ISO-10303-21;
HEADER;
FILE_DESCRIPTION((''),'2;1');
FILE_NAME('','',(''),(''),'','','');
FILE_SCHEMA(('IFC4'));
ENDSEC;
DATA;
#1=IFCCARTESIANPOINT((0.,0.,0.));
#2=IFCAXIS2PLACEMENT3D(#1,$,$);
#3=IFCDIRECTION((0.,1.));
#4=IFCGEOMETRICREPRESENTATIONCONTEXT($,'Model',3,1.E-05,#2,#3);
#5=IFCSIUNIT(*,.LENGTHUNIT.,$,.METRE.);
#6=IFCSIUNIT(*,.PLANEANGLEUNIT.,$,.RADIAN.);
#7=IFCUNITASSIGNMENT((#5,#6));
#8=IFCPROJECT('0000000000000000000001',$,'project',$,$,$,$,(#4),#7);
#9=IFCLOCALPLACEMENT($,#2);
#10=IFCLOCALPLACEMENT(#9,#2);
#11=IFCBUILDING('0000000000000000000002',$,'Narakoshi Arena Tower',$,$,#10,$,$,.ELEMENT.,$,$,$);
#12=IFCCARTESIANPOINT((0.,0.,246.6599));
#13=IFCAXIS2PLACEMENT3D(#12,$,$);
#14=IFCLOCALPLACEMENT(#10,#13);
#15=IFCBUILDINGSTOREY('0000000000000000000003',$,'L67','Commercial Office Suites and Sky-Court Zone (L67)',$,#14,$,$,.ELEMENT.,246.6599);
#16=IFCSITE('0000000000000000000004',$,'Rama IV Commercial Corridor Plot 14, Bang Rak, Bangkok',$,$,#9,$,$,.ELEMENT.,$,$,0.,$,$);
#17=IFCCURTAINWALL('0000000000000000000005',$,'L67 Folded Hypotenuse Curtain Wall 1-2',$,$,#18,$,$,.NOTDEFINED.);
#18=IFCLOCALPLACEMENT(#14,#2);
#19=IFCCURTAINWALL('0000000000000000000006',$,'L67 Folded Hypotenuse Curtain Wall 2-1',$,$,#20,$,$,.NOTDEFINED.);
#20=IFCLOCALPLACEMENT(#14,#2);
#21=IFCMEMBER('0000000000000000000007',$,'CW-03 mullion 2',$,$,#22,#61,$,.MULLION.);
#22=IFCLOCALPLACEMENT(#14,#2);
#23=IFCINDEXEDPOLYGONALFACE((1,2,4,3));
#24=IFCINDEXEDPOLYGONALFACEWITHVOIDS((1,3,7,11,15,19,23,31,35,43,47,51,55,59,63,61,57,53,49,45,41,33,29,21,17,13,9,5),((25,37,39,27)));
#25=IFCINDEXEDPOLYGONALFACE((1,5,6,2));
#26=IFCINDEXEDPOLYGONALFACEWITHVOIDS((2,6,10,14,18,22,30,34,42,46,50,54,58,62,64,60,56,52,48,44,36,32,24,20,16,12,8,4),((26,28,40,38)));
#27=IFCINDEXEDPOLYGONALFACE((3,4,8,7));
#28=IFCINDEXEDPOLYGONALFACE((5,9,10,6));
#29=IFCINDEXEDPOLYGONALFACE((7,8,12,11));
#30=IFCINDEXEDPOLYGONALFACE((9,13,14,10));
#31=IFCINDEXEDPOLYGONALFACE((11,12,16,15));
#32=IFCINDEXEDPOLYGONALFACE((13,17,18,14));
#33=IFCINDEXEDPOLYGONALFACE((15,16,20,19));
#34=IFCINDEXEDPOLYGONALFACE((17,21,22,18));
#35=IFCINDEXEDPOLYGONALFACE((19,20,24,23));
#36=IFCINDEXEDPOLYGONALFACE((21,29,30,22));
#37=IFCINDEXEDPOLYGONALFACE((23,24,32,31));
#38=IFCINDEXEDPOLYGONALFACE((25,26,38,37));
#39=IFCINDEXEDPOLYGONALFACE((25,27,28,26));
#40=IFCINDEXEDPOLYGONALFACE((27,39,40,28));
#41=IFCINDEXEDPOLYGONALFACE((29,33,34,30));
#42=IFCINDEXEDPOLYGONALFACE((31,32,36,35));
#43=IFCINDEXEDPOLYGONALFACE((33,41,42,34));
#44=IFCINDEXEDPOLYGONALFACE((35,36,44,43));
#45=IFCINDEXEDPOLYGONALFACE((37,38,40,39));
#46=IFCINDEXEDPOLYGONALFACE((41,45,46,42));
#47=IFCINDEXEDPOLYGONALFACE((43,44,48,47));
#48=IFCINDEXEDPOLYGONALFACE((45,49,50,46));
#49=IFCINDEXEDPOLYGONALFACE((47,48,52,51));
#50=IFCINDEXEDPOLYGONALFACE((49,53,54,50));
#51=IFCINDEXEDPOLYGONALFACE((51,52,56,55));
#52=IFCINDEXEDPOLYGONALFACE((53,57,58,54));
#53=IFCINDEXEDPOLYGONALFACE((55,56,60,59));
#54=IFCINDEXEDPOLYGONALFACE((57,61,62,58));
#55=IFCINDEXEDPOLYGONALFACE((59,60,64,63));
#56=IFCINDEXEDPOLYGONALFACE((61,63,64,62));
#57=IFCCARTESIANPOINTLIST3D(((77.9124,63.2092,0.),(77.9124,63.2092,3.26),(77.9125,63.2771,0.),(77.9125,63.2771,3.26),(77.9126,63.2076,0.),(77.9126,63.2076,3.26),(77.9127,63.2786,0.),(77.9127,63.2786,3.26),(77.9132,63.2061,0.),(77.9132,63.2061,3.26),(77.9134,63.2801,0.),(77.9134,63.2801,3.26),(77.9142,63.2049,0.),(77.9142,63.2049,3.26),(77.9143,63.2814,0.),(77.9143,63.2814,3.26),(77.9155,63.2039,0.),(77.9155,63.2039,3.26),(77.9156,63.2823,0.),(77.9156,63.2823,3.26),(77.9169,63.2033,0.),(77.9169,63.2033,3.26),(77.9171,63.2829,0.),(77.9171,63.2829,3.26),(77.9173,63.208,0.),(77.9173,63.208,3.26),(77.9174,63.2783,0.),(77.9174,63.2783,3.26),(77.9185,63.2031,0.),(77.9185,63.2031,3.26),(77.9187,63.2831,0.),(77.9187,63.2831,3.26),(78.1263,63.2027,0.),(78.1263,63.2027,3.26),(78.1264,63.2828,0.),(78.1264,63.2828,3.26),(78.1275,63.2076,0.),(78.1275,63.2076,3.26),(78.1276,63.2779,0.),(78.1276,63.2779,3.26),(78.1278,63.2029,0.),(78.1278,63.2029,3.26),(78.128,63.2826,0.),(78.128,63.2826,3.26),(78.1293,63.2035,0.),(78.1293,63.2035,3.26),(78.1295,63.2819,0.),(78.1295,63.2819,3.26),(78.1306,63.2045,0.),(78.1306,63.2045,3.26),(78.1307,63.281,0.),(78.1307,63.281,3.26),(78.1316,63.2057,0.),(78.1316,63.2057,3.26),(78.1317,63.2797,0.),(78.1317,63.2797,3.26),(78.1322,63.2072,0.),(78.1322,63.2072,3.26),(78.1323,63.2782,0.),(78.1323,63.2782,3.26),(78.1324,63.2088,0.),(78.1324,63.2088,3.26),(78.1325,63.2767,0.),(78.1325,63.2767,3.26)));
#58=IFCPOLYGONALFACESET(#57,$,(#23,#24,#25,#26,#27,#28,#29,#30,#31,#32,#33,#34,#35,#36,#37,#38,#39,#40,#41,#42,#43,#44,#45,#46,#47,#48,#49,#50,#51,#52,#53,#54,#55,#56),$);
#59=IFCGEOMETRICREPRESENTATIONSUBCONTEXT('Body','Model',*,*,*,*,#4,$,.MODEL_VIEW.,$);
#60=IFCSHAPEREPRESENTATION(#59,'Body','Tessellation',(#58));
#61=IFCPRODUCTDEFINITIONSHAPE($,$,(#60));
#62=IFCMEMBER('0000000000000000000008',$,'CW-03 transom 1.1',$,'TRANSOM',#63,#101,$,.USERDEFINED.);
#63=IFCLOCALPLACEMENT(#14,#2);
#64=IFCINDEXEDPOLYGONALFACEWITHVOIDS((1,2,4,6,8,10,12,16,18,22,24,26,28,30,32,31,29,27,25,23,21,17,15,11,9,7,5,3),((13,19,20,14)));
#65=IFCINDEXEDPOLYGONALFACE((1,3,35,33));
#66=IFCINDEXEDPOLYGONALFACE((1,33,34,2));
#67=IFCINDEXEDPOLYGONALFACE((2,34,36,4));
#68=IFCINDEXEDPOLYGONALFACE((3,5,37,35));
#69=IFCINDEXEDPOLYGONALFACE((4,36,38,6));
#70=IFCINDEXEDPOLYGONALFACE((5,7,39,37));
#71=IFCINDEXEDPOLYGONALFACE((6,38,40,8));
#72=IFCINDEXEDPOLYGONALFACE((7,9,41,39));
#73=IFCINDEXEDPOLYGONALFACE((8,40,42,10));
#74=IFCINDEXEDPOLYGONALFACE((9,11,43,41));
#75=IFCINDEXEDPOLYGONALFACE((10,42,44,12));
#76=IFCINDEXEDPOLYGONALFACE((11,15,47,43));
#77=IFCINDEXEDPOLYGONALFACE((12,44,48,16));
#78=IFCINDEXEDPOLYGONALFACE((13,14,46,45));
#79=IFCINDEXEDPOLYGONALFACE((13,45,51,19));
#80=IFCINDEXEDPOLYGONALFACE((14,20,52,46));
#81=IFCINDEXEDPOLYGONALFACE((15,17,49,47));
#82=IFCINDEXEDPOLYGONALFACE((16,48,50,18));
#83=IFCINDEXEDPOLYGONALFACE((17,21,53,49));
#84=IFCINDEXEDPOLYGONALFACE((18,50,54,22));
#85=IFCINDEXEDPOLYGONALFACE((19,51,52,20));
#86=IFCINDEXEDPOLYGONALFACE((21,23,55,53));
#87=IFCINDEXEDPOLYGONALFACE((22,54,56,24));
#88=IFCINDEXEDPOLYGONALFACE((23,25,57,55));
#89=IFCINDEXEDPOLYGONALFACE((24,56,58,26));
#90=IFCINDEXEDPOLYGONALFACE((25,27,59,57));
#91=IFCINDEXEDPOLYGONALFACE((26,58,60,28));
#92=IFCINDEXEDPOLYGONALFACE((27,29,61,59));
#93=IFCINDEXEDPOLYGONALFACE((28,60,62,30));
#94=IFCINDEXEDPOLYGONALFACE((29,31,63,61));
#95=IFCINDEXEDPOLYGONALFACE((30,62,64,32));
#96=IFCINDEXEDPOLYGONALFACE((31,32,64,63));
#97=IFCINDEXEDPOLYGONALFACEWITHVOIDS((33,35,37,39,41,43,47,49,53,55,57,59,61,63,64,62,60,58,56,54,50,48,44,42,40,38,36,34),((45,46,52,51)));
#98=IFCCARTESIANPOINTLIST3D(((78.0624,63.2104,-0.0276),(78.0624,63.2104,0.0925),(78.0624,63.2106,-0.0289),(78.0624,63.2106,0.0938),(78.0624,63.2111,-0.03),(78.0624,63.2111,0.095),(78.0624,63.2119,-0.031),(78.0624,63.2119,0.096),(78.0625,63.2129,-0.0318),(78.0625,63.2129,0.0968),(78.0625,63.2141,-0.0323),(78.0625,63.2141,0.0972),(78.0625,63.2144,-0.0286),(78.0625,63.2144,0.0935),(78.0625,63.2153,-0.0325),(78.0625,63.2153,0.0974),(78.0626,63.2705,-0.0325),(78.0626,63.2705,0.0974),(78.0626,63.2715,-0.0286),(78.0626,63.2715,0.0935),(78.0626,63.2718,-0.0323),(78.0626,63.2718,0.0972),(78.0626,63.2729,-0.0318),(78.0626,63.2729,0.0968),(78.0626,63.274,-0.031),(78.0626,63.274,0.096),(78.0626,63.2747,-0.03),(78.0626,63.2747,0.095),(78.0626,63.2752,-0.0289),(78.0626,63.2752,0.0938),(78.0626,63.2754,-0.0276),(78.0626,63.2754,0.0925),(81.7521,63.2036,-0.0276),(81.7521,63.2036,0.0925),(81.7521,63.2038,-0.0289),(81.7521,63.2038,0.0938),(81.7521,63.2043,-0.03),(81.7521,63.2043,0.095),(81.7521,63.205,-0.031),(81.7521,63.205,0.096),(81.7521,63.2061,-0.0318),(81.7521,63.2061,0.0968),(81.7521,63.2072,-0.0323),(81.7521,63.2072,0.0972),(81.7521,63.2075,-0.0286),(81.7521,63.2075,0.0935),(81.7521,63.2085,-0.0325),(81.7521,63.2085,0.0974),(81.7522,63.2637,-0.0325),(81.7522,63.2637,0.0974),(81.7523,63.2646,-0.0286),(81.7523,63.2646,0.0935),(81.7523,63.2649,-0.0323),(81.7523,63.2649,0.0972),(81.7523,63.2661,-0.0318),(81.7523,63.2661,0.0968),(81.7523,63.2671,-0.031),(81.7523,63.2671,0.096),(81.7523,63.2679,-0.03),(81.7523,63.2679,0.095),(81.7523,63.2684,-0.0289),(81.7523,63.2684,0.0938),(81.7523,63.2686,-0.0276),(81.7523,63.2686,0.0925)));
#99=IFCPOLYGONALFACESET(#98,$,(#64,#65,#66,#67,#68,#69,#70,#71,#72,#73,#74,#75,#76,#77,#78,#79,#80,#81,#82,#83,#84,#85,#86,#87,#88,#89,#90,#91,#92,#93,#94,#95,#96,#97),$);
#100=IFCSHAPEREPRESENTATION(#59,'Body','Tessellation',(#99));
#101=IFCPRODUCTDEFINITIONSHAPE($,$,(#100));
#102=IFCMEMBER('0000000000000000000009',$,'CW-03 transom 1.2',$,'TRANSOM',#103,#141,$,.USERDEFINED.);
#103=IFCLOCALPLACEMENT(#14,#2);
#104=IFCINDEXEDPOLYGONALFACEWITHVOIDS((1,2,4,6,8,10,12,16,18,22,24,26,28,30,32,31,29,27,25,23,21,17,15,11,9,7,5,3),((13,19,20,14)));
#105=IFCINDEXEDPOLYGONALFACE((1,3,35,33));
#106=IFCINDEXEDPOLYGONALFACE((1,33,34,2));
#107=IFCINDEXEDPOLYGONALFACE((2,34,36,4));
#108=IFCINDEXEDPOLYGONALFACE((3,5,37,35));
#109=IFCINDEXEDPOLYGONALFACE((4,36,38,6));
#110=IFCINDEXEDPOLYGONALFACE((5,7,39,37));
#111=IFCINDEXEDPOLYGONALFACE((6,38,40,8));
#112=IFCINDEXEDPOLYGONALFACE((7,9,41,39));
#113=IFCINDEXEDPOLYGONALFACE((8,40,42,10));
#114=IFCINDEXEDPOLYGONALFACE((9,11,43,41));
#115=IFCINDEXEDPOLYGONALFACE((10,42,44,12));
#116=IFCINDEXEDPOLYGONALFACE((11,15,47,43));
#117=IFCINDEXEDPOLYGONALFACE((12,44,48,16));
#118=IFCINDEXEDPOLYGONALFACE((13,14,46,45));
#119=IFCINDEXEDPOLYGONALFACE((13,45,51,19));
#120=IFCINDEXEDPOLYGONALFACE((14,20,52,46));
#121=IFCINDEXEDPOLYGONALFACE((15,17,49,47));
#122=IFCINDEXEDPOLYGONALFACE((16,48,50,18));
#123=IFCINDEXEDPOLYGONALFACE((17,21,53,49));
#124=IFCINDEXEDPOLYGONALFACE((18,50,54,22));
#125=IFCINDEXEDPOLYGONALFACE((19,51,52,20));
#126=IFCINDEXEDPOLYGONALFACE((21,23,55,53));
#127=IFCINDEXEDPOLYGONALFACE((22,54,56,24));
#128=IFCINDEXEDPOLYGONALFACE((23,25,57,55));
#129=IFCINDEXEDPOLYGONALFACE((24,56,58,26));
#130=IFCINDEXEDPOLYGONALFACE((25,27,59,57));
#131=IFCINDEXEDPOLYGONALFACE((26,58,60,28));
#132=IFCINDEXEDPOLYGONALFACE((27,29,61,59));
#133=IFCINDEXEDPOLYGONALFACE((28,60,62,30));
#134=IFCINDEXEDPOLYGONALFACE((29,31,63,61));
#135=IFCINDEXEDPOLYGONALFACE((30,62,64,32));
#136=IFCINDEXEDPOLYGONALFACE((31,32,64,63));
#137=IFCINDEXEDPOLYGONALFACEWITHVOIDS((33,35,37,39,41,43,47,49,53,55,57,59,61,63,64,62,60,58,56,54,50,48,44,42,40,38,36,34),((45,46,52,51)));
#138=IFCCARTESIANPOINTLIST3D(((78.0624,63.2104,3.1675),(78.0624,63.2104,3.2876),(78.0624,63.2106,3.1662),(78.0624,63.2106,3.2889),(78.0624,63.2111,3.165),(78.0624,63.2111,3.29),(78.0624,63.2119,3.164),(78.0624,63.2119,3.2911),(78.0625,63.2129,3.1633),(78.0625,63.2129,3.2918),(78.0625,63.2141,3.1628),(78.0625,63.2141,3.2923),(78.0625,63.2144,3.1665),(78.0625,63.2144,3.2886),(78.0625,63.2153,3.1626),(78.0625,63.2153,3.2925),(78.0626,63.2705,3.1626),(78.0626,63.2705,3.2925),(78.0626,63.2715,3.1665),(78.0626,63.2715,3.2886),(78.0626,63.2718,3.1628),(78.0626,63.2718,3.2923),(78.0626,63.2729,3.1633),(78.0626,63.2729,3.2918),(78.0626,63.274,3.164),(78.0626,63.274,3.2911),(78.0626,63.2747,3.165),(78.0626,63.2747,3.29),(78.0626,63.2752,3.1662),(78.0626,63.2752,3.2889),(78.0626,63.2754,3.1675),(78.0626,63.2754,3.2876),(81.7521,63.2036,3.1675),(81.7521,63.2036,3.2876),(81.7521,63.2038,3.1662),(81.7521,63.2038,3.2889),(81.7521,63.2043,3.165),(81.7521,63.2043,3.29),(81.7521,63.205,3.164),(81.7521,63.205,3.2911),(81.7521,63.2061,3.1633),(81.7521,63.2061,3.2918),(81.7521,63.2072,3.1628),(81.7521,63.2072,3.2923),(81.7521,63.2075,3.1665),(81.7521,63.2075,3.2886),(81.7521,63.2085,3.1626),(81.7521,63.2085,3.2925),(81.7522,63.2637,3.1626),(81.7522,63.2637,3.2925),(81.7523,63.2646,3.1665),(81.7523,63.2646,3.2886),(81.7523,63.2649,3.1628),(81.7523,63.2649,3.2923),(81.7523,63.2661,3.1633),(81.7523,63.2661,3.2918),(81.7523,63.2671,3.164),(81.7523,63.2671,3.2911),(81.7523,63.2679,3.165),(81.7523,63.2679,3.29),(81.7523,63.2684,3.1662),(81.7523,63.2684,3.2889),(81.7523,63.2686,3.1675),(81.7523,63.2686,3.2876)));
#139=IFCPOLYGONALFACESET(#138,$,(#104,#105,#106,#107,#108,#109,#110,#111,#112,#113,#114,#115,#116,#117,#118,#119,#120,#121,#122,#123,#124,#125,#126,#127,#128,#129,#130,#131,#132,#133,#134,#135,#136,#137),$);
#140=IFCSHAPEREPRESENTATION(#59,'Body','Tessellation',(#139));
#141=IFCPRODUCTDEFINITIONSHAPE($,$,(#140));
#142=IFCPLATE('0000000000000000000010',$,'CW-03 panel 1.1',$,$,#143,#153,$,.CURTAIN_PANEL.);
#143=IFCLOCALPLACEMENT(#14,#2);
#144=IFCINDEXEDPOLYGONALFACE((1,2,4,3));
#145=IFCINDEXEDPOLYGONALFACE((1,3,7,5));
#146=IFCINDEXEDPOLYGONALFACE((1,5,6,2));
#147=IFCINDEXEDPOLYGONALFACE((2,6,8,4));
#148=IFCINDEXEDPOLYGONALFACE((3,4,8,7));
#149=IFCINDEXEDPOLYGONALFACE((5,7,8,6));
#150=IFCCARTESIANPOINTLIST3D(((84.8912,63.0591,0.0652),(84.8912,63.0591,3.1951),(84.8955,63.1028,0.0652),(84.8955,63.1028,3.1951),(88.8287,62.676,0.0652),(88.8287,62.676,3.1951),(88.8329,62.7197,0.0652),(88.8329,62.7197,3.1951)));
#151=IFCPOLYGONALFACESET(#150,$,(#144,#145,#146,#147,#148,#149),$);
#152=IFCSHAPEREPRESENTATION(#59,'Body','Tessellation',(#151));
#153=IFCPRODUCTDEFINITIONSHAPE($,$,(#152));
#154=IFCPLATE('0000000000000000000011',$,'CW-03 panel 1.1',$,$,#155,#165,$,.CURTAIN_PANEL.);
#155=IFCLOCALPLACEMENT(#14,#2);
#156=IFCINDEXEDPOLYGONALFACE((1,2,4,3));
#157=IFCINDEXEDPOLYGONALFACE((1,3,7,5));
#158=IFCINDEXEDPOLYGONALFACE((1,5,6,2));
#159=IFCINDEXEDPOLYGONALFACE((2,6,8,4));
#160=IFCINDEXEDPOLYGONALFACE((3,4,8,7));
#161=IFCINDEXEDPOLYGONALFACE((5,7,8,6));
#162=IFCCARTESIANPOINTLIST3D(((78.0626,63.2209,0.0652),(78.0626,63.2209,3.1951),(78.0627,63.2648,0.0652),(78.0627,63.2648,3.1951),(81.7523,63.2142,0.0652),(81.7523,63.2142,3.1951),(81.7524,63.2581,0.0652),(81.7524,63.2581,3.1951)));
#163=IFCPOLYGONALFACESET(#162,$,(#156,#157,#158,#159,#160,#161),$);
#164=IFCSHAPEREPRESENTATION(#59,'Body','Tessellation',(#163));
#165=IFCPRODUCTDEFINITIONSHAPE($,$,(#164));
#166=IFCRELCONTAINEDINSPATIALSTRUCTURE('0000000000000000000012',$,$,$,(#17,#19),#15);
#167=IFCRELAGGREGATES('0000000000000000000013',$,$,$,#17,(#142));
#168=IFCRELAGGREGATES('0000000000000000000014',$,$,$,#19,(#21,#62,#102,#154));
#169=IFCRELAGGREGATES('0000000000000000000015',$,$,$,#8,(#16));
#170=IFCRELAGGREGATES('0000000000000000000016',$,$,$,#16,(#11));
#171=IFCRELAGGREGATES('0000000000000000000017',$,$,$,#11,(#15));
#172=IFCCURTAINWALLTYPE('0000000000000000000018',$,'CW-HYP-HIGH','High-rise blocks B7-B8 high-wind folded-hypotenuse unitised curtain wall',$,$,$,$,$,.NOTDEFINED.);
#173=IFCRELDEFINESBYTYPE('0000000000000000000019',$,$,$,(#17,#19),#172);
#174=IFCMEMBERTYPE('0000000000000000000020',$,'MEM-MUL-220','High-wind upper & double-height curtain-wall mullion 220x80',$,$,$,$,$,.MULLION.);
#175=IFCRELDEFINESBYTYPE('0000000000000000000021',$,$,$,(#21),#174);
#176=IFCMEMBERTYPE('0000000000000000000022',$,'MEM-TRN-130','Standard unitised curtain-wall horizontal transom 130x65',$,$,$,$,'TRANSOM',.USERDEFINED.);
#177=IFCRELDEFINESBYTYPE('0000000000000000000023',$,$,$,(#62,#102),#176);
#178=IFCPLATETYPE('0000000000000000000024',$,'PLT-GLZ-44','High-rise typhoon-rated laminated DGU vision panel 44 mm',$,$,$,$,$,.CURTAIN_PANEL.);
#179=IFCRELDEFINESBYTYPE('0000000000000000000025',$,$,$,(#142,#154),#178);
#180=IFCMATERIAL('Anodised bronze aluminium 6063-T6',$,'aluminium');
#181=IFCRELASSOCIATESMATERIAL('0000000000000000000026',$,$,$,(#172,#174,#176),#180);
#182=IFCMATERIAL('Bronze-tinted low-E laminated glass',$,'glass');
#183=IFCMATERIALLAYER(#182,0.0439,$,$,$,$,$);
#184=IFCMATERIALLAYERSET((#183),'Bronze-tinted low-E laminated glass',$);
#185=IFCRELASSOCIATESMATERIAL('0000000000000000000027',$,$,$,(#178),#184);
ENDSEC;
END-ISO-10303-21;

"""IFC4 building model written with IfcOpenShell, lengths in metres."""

from ifc_helpers import new_model, si_unit, direction, frame, origin, origin_2d, place, context, subcontext, project, spatial, rectangle, hollow_rectangle, extrude, material, layer, layer_set, material_profile, profile_set, type_object, element, aggregate, save


model = new_model("IFC4")

# Units and contexts
model_context = context("Model", 3, precision=1e-05, world=origin(), true_north=direction((0.0, 1.0)))
body_context = subcontext(model_context, "Body", "Model", "MODEL_VIEW")
ifc_project = project(units=[si_unit("LENGTHUNIT", "METRE"), si_unit("PLANEANGLEUNIT", "RADIAN")], contexts=[model_context])

# Site, building, storey
site_placement = place(None, origin())
site = spatial("IfcSite", under=ifc_project, at=site_placement, Name="Rama IV Commercial Corridor Plot 14, Bang Rak, Bangkok", CompositionType="ELEMENT", RefElevation=0.0)
building_placement = place(site_placement, origin())
building = spatial("IfcBuilding", under=site, at=building_placement, Name="Narakoshi Arena Tower", CompositionType="ELEMENT")
storey_placement = place(building_placement, frame((0.0, 0.0, 246.6599)))
storey = spatial("IfcBuildingStorey", under=building, at=storey_placement, Name="L67", Description="Commercial Office Suites and Sky-Court Zone (L67)", CompositionType="ELEMENT", Elevation=246.6599)

# Curtain wall
ifc_material_1 = material(Name="Anodised bronze aluminium 6063-T6", Category="aluminium")
curtain_wall_type = type_object("IfcCurtainWallType", Name="CW-HYP-HIGH", Description="High-rise blocks B7-B8 high-wind folded-hypotenuse unitised curtain wall", PredefinedType="NOTDEFINED", material=ifc_material_1)
curtain_wall_1_placement = place(storey_placement, origin())
curtain_wall_1 = element("IfcCurtainWall", 1, at=curtain_wall_1_placement, inside=storey, type_object=curtain_wall_type, Name="L67 Folded Hypotenuse Curtain Wall 1-2", PredefinedType="NOTDEFINED")
ifc_material_profile_1 = material_profile(ifc_material_1, hollow_rectangle(XDim=0.0801, YDim=0.22, WallThickness=0.0049, OuterFilletRadius=0.0061, at=origin_2d()), Name="MUL220x80x5")
ifc_profile_set_1 = profile_set([ifc_material_profile_1], Name="Anodised bronze aluminium 6063-T6")
member_type_1 = type_object("IfcMemberType", Name="MEM-MUL-220", Description="High-wind upper & double-height curtain-wall mullion 220x80", PredefinedType="MULLION", material=ifc_profile_set_1)

# Curtain wall, members
curtain_wall_2_placement = place(storey_placement, origin())
curtain_wall_2 = element("IfcCurtainWall", 2, at=curtain_wall_2_placement, inside=storey, type_object=curtain_wall_type, Name="L67 Folded Hypotenuse Curtain Wall 2-1", PredefinedType="NOTDEFINED")
member_1_placement = place(storey_placement, frame((78.0225, 63.2429, 0.0), z_axis=(0.0, 0.0, 1.0), x_axis=(-0.00182, -0.999998, 0.0)))
member_1 = element("IfcMember", 3, at=member_1_placement, type_object=member_type_1, Name="CW-03 mullion 2", PredefinedType="MULLION", context=body_context, shape_type="SweptSolid", body=[
    extrude(hollow_rectangle(XDim=0.0801, YDim=0.22, WallThickness=0.0049, OuterFilletRadius=0.0061, at=origin_2d()), origin(), (0.0, 0.0, 1.0), 3.26),
])
ifc_material_profile_2 = material_profile(ifc_material_1, hollow_rectangle(XDim=0.0649, YDim=0.1299, WallThickness=0.0039, OuterFilletRadius=0.0049, at=origin_2d()), Name="TRN130x65x4")
ifc_profile_set_2 = profile_set([ifc_material_profile_2], Name="Anodised bronze aluminium 6063-T6")
member_type_2 = type_object("IfcMemberType", Name="MEM-TRN-130", Description="Standard unitised curtain-wall horizontal transom 130x65", ElementType="TRANSOM", PredefinedType="USERDEFINED", material=ifc_profile_set_2)
member_2_placement = place(storey_placement, frame((81.7522, 63.2361, 0.0325), z_axis=(-0.999998, 0.001853, 0.0), x_axis=(-0.001853, -0.999998, 0.0)))
member_2 = element("IfcMember", 4, at=member_2_placement, type_object=member_type_2, Name="CW-03 transom 1.1", ObjectType="TRANSOM", PredefinedType="USERDEFINED", context=body_context, shape_type="SweptSolid", body=[
    extrude(hollow_rectangle(XDim=0.0649, YDim=0.1299, WallThickness=0.0039, OuterFilletRadius=0.0049, at=origin_2d()), origin(), (0.0, 0.0, 1.0), 3.6897),
])
member_3_placement = place(storey_placement, frame((81.7522, 63.2361, 3.2275), z_axis=(-0.999998, 0.001853, 0.0), x_axis=(-0.001853, -0.999998, 0.0)))
member_3 = element("IfcMember", 5, at=member_3_placement, type_object=member_type_2, Name="CW-03 transom 1.2", ObjectType="TRANSOM", PredefinedType="USERDEFINED", context=body_context, shape_type="SweptSolid", body=[
    extrude(hollow_rectangle(XDim=0.0649, YDim=0.1299, WallThickness=0.0039, OuterFilletRadius=0.0049, at=origin_2d()), origin(), (0.0, 0.0, 1.0), 3.6897),
])

# Plates
ifc_material_2 = material(Name="Bronze-tinted low-E laminated glass", Category="glass")
ifc_layer_1 = layer(ifc_material_2, 0.0439)
ifc_layer_set_1 = layer_set([ifc_layer_1], Name="Bronze-tinted low-E laminated glass")
plate_type = type_object("IfcPlateType", Name="PLT-GLZ-44", Description="High-rise typhoon-rated laminated DGU vision panel 44 mm", PredefinedType="CURTAIN_PANEL", material=ifc_layer_set_1)
plate_1_placement = place(storey_placement, frame((86.8621, 62.8894, 0.0652), z_axis=(0.0, 0.0, 1.0), x_axis=(-0.9953, 0.096843, 0.0)))
plate_1 = element("IfcPlate", 6, at=plate_1_placement, type_object=plate_type, Name="CW-03 panel 1.1", PredefinedType="CURTAIN_PANEL", context=body_context, shape_type="SweptSolid", body=[
    extrude(rectangle(XDim=3.9561, YDim=0.0439, at=origin_2d()), origin(), (0.0, 0.0, 1.0), 3.1299),
])
aggregate(curtain_wall_1, [plate_1])
plate_2_placement = place(storey_placement, frame((79.9075, 63.2395, 0.0652), z_axis=(0.0, 0.0, 1.0), x_axis=(-0.999998, 0.00182, 0.0)))
plate_2 = element("IfcPlate", 7, at=plate_2_placement, type_object=plate_type, Name="CW-03 panel 1.1", PredefinedType="CURTAIN_PANEL", context=body_context, shape_type="SweptSolid", body=[
    extrude(rectangle(XDim=3.6897, YDim=0.0439, at=origin_2d()), origin(), (0.0, 0.0, 1.0), 3.1299),
])
aggregate(curtain_wall_2, [member_1, member_2, member_3, plate_2])

save(model, "model.ifc")
